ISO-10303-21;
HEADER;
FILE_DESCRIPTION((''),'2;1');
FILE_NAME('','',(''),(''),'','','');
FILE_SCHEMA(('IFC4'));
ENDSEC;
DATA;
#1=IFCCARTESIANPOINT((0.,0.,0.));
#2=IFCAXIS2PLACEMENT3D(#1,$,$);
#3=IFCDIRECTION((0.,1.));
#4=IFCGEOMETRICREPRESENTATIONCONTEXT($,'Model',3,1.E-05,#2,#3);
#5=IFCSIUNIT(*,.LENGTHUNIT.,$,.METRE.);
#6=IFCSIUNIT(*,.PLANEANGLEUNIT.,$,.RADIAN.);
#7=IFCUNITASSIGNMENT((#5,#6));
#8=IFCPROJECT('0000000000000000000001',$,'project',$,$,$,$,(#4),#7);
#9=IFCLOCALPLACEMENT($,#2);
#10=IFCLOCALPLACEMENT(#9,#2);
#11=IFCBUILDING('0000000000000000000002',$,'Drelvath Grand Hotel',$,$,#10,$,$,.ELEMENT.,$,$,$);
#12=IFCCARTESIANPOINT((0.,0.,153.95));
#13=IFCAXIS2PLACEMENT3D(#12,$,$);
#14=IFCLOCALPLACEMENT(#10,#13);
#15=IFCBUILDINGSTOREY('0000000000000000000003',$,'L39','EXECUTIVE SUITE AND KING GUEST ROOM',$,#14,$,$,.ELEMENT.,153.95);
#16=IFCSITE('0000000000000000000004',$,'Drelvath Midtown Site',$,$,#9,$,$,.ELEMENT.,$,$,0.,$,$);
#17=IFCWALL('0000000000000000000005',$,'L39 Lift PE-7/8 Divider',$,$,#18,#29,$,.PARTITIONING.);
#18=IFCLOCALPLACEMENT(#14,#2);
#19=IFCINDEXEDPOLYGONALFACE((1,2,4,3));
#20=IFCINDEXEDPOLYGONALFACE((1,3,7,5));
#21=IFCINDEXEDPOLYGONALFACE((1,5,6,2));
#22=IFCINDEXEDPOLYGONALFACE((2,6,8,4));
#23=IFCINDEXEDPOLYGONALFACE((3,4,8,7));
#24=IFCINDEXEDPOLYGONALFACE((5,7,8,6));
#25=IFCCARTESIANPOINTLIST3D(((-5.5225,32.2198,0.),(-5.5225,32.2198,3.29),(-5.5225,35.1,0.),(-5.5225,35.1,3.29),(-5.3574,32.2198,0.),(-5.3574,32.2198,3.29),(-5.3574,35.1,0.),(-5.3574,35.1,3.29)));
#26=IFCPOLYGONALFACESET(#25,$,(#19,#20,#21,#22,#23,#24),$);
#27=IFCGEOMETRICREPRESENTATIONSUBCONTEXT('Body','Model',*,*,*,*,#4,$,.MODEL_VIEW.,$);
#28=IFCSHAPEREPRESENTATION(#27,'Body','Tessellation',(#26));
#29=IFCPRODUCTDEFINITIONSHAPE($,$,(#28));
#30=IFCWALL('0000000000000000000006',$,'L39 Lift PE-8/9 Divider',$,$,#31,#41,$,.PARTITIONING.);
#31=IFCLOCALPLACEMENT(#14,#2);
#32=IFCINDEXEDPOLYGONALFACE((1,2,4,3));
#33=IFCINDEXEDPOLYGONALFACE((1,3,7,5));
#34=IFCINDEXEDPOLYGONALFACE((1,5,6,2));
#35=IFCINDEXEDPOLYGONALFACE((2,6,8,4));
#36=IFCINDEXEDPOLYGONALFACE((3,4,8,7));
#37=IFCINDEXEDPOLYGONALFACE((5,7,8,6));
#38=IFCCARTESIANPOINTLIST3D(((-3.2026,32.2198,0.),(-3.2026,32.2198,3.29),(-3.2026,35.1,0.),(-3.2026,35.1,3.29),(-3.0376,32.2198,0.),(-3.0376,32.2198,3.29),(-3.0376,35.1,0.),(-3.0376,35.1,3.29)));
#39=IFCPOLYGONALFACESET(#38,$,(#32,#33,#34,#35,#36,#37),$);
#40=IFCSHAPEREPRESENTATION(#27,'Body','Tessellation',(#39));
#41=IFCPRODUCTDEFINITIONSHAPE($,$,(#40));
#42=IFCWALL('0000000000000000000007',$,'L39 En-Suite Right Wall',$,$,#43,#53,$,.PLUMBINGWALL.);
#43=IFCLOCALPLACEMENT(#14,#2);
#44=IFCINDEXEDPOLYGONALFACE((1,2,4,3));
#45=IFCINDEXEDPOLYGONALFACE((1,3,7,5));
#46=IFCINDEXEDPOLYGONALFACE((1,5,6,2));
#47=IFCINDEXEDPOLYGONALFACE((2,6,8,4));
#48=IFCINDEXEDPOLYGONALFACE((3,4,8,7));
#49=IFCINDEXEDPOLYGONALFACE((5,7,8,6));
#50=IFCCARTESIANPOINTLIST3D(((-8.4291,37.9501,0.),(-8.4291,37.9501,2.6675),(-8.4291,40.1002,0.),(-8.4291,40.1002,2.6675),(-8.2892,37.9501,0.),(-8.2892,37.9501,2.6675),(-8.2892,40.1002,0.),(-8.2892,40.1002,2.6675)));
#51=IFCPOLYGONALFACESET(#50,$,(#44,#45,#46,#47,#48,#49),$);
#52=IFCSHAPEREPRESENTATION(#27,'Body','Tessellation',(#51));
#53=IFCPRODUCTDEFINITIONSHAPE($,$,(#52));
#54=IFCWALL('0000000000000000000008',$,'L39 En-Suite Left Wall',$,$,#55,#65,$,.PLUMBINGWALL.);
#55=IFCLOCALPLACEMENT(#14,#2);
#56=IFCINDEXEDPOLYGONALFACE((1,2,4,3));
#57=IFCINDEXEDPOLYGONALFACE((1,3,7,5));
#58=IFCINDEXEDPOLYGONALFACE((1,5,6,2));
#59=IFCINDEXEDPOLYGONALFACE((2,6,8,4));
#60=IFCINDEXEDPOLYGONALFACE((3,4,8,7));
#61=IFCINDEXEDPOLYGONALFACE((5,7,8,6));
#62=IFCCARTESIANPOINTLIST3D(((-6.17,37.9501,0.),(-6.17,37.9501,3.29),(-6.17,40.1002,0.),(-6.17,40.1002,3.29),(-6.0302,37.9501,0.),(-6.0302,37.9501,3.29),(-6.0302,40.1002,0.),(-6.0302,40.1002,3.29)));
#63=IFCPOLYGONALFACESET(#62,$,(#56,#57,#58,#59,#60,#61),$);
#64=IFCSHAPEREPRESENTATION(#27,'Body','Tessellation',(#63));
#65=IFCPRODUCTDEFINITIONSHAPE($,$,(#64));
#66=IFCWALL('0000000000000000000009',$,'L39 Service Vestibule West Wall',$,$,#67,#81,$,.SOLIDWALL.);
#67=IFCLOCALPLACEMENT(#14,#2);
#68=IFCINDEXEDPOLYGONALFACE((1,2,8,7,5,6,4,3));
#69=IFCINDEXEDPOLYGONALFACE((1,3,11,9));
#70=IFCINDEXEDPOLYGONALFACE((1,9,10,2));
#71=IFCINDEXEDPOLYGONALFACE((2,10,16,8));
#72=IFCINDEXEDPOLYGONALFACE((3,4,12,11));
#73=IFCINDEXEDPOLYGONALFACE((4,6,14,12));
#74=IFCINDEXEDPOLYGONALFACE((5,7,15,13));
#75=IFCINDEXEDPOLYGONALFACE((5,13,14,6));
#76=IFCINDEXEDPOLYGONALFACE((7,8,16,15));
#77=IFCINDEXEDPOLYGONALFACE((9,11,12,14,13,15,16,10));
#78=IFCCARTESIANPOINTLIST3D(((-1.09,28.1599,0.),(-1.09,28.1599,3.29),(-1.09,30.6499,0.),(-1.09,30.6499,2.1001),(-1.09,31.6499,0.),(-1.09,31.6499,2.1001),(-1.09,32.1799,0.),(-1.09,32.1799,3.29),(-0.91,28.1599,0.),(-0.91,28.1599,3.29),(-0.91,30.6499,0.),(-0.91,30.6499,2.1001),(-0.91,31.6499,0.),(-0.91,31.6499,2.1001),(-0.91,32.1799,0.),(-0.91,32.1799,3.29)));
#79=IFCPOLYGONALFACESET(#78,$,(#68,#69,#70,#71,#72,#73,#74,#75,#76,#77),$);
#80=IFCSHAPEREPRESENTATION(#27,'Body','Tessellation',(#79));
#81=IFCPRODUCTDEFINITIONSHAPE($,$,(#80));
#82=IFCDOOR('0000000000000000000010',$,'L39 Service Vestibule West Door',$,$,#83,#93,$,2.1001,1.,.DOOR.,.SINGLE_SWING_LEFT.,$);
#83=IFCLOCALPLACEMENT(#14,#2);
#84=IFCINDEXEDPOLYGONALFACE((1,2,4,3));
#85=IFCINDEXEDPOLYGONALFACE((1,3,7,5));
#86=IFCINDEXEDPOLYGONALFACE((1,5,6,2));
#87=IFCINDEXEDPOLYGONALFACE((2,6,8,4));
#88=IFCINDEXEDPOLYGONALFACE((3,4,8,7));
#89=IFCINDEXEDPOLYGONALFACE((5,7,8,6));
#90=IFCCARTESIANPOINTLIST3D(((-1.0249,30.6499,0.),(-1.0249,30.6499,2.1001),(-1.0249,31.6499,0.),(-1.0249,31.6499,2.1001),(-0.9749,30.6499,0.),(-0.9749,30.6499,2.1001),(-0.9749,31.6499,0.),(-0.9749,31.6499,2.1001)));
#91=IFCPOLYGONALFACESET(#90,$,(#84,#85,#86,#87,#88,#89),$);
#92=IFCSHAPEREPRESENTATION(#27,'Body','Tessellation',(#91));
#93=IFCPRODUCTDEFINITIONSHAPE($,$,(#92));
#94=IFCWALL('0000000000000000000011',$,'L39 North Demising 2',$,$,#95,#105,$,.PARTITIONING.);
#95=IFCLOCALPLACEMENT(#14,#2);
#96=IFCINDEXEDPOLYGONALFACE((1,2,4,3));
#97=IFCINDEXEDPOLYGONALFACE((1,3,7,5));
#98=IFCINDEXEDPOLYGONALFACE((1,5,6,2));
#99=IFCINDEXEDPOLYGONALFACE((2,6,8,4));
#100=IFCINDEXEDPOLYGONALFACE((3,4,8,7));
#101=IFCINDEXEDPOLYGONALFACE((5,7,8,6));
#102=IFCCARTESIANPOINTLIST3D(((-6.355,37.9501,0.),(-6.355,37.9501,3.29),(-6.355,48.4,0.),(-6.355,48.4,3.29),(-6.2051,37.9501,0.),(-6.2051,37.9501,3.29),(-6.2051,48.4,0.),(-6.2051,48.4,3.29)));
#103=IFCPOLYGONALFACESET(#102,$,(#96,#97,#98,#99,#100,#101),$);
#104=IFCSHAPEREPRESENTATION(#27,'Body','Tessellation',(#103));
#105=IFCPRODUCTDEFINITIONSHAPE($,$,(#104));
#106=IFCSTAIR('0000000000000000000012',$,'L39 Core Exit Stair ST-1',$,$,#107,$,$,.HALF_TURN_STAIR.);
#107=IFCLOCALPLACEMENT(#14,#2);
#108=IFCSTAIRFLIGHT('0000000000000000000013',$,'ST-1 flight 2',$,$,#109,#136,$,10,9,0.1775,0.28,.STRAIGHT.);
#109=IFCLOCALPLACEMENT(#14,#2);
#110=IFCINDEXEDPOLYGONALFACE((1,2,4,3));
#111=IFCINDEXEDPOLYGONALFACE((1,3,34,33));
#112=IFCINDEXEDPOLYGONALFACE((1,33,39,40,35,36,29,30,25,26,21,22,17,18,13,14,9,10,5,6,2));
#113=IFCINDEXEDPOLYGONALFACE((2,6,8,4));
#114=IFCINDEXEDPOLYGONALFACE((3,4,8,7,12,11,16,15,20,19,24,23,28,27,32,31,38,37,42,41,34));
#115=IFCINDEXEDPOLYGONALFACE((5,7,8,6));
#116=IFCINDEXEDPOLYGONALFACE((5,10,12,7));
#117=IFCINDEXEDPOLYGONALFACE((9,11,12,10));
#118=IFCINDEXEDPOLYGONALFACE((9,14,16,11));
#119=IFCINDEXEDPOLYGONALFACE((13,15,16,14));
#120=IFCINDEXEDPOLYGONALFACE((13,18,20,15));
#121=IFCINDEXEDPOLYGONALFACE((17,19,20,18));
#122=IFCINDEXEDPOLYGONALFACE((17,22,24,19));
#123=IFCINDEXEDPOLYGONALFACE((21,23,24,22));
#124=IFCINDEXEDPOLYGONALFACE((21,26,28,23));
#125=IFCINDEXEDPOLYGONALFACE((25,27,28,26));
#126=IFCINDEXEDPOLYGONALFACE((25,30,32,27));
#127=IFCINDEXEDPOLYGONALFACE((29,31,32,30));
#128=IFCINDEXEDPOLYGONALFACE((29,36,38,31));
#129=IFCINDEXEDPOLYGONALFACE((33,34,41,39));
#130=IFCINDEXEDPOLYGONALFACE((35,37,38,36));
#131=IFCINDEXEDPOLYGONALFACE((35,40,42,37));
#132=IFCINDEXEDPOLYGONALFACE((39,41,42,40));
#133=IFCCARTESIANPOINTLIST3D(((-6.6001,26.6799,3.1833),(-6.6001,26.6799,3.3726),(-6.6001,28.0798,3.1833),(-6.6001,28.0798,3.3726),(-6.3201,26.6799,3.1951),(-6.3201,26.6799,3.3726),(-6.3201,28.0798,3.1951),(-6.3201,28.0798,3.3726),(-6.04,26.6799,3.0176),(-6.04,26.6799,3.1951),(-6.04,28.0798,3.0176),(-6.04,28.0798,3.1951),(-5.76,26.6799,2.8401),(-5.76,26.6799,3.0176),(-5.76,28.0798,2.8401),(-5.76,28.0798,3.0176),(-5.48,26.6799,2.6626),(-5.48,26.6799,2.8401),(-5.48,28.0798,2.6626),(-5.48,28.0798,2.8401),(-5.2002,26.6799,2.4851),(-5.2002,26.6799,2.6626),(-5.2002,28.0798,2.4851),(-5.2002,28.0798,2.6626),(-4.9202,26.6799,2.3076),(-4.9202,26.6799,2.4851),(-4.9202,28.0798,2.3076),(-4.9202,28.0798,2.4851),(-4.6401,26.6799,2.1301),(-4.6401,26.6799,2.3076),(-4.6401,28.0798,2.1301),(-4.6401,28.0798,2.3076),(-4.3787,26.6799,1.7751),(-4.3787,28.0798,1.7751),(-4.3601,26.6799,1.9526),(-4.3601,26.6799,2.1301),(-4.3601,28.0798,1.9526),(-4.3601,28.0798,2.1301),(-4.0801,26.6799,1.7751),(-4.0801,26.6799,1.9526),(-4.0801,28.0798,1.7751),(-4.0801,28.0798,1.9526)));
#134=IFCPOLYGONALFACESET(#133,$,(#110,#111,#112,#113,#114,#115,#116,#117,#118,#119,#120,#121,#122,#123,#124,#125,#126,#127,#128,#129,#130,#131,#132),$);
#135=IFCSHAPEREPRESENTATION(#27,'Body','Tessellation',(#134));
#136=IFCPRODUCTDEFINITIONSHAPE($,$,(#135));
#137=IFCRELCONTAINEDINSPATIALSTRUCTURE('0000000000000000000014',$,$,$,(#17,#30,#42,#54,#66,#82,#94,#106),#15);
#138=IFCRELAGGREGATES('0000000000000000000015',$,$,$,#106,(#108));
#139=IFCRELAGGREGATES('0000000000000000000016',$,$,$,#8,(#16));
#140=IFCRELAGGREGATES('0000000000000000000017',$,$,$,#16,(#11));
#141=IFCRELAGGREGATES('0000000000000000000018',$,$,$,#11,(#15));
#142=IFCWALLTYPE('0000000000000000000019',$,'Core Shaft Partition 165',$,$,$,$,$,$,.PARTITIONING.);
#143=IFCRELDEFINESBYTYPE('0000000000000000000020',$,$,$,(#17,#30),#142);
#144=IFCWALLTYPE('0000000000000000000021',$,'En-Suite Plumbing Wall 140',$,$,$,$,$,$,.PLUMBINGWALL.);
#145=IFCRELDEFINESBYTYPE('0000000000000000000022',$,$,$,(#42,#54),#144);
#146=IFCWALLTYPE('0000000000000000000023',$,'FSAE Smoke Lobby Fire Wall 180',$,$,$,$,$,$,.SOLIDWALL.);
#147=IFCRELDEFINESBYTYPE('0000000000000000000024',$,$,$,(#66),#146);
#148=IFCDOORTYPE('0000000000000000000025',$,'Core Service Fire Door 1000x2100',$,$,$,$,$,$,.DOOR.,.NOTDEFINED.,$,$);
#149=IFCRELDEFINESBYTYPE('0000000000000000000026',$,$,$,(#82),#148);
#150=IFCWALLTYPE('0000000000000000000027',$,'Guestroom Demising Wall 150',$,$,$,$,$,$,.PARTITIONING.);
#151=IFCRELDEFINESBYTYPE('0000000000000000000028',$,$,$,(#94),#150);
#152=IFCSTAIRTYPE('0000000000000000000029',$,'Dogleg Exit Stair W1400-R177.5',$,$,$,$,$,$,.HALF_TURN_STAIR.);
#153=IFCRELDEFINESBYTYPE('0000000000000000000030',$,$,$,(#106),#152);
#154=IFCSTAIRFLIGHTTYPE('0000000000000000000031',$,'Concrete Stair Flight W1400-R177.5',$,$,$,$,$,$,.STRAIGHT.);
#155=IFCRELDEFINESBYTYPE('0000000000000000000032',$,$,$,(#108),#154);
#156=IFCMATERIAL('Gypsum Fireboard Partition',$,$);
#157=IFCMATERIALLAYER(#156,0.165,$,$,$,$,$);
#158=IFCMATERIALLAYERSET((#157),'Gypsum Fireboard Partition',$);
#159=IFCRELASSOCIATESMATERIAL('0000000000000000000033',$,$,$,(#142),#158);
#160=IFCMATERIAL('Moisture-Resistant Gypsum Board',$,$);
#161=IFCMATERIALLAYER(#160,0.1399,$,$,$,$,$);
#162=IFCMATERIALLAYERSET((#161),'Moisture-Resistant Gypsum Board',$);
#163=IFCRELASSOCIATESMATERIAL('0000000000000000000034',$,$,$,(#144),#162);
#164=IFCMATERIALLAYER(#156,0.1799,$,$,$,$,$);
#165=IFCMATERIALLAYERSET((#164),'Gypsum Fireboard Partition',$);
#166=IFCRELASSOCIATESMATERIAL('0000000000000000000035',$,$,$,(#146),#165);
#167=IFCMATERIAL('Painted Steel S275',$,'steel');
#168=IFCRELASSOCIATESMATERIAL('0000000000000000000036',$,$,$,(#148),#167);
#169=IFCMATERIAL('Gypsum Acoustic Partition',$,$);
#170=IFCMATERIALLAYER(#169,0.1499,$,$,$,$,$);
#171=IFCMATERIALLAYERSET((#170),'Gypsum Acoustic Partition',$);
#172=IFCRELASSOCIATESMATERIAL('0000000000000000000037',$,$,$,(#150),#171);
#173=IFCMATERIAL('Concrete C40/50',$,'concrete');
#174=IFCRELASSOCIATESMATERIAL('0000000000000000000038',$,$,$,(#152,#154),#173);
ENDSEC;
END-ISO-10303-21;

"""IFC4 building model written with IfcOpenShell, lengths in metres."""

from ifc_helpers import new_model, si_unit, direction, frame, frame_2d, origin, place, context, subcontext, project, spatial, polyline, rectangle, outline, extrude, material, layer, layer_set, type_object, element, fill, aggregate, save


model = new_model("IFC4")

# Units and contexts
model_context = context("Model", 3, precision=1e-05, world=origin(), true_north=direction((0.0, 1.0)))
body_context = subcontext(model_context, "Body", "Model", "MODEL_VIEW")
ifc_project = project(units=[si_unit("LENGTHUNIT", "METRE"), si_unit("PLANEANGLEUNIT", "RADIAN")], contexts=[model_context])

# Site, building, storey
site_placement = place(None, origin())
site = spatial("IfcSite", under=ifc_project, at=site_placement, Name="Drelvath Midtown Site", CompositionType="ELEMENT", RefElevation=0.0)
building_placement = place(site_placement, origin())
building = spatial("IfcBuilding", under=site, at=building_placement, Name="Drelvath Grand Hotel", CompositionType="ELEMENT")
storey_placement = place(building_placement, frame((0.0, 0.0, 153.95)))
storey = spatial("IfcBuildingStorey", under=building, at=storey_placement, Name="L39", Description="EXECUTIVE SUITE AND KING GUEST ROOM", CompositionType="ELEMENT", Elevation=153.95)

# Shared definitions
ifc_material_1 = material(Name="Painted Steel S275", Category="steel")

# Shared definitions
ifc_material_2 = material(Name="Concrete C40/50", Category="concrete")

# Walls
ifc_material_3 = material(Name="Gypsum Fireboard Partition")
ifc_layer_1 = layer(ifc_material_3, 0.165)
ifc_layer_set_1 = layer_set([ifc_layer_1], Name="Gypsum Fireboard Partition")
wall_type_1 = type_object("IfcWallType", Name="Core Shaft Partition 165", PredefinedType="PARTITIONING", material=ifc_layer_set_1)
for number, where, z_axis, x_axis, name in (
    (1, (-5.4399, 32.22, 0.0), (0.0, 0.0, 1.0), (0.0, 1.0, 0.0), "L39 Lift PE-7/8 Divider"),
    (2, (-3.1201, 32.22, 0.0), (0.0, 0.0, 1.0), (0.0, 1.0, 0.0), "L39 Lift PE-8/9 Divider"),
):
    element("IfcWall", number, at=place(storey_placement, frame(where, z_axis=z_axis, x_axis=x_axis)), inside=storey, type_object=wall_type_1, Name=name, PredefinedType="PARTITIONING", context=body_context, shape_type="SweptSolid", body=[
        extrude(rectangle(XDim=2.8801, YDim=0.165, at=frame_2d((1.4399, 0.0))), origin(), (0.0, 0.0, 1.0), 3.29),
    ])
ifc_material_4 = material(Name="Moisture-Resistant Gypsum Board")
ifc_layer_2 = layer(ifc_material_4, 0.1399)
ifc_layer_set_2 = layer_set([ifc_layer_2], Name="Moisture-Resistant Gypsum Board")
wall_type_2 = type_object("IfcWallType", Name="En-Suite Plumbing Wall 140", PredefinedType="PLUMBINGWALL", material=ifc_layer_set_2)
wall_1_placement = place(storey_placement, frame((-8.3591, 37.95, 0.0), z_axis=(0.0, 0.0, 1.0), x_axis=(0.0, 1.0, 0.0)))
element("IfcWall", 3, at=wall_1_placement, inside=storey, type_object=wall_type_2, Name="L39 En-Suite Right Wall", PredefinedType="PLUMBINGWALL", context=body_context, shape_type="SweptSolid", body=[
    extrude(rectangle(XDim=2.1501, YDim=0.1399, at=frame_2d((1.0752, 0.0))), origin(), (0.0, 0.0, 1.0), 2.6675),
])
wall_2_placement = place(storey_placement, frame((-6.1001, 37.95, 0.0), z_axis=(0.0, 0.0, 1.0), x_axis=(0.0, 1.0, 0.0)))
element("IfcWall", 4, at=wall_2_placement, inside=storey, type_object=wall_type_2, Name="L39 En-Suite Left Wall", PredefinedType="PLUMBINGWALL", context=body_context, shape_type="SweptSolid", body=[
    extrude(rectangle(XDim=2.1501, YDim=0.1399, at=frame_2d((1.0752, 0.0))), origin(), (0.0, 0.0, 1.0), 3.29),
])

# Wall, opening, door
ifc_layer_3 = layer(ifc_material_3, 0.1799)
ifc_layer_set_3 = layer_set([ifc_layer_3], Name="Gypsum Fireboard Partition")
wall_type_3 = type_object("IfcWallType", Name="FSAE Smoke Lobby Fire Wall 180", PredefinedType="SOLIDWALL", material=ifc_layer_set_3)
wall_3_placement = place(storey_placement, frame((-1.0, 28.1599, 0.0), z_axis=(0.0, 0.0, 1.0), x_axis=(0.0, 1.0, 0.0)))
wall_3 = element("IfcWall", 5, at=wall_3_placement, inside=storey, type_object=wall_type_3, Name="L39 Service Vestibule West Wall", PredefinedType="SOLIDWALL", context=body_context, shape_type="SweptSolid", body=[
    extrude(rectangle(XDim=4.02, YDim=0.1799, at=frame_2d((2.01, 0.0))), origin(), (0.0, 0.0, 1.0), 3.29),
])
opening_1_placement = place(wall_3_placement, frame((2.49, 0.0, 0.0)))
opening_1 = element("IfcOpeningElement", 6, at=opening_1_placement, cuts=wall_3, PredefinedType="OPENING", context=body_context, shape_type="SweptSolid", body=[
    extrude(rectangle(XDim=1.0, YDim=2.1001, at=frame_2d((0.5, 1.05))), frame((0.0, 0.0999, 0.0), z_axis=(0.0, -1.0, 0.0), x_axis=(1.0, 0.0, 0.0)), (0.0, 0.0, 1.0), 0.2),
])
door_type_1 = type_object("IfcDoorType", Name="Core Service Fire Door 1000x2100", OperationType="NOTDEFINED", PredefinedType="DOOR", material=ifc_material_1)
door_1_placement = place(opening_1_placement, origin())
door_1 = element("IfcDoor", 7, at=door_1_placement, inside=storey, type_object=door_type_1, Name="L39 Service Vestibule West Door", OperationType="SINGLE_SWING_LEFT", OverallHeight=2.1001, OverallWidth=1.0, PredefinedType="DOOR", context=body_context, shape_type="SweptSolid", body=[
    extrude(rectangle(XDim=1.0, YDim=2.1001, at=frame_2d((0.5, 1.05))), frame((0.0, 0.0249, 0.0), z_axis=(0.0, -1.0, 0.0), x_axis=(1.0, 0.0, 0.0)), (0.0, 0.0, 1.0), 0.05),
])
fill(opening_1, door_1)

# Wall
ifc_material_5 = material(Name="Gypsum Acoustic Partition")
ifc_layer_4 = layer(ifc_material_5, 0.1499)
ifc_layer_set_4 = layer_set([ifc_layer_4], Name="Gypsum Acoustic Partition")
wall_type_4 = type_object("IfcWallType", Name="Guestroom Demising Wall 150", PredefinedType="PARTITIONING", material=ifc_layer_set_4)
wall_4_placement = place(storey_placement, frame((-6.28, 37.95, 0.0), z_axis=(0.0, 0.0, 1.0), x_axis=(0.0, 1.0, 0.0)))
element("IfcWall", 8, at=wall_4_placement, inside=storey, type_object=wall_type_4, Name="L39 North Demising 2", PredefinedType="PARTITIONING", context=body_context, shape_type="SweptSolid", body=[
    extrude(rectangle(XDim=10.45, YDim=0.1499, at=frame_2d((5.2251, 0.0))), origin(), (0.0, 0.0, 1.0), 3.29),
])

# Stair, stair flight
stair_type = type_object("IfcStairType", Name="Dogleg Exit Stair W1400-R177.5", PredefinedType="HALF_TURN_STAIR", material=ifc_material_2)
stair_placement = place(storey_placement, origin())
stair = element("IfcStair", 9, at=stair_placement, inside=storey, type_object=stair_type, Name="L39 Core Exit Stair ST-1", PredefinedType="HALF_TURN_STAIR")
stair_flight_type = type_object("IfcStairFlightType", Name="Concrete Stair Flight W1400-R177.5", PredefinedType="STRAIGHT", material=ifc_material_2)
stair_flight_placement = place(storey_placement, frame((-4.0801, 27.3799, 1.7751), z_axis=(0.0, 0.0, 1.0), x_axis=(-1.0, 0.0, 0.0)))
stair_flight = element("IfcStairFlight", 10, at=stair_flight_placement, type_object=stair_flight_type, Name="ST-1 flight 2", NumberOfRisers=10, NumberOfTreads=9, PredefinedType="STRAIGHT", RiserHeight=0.1775, TreadLength=0.28, context=body_context, shape_type="SweptSolid", body=[
    extrude(outline(polyline([(0.0, 0.0), (0.0, 0.1775), (0.28, 0.1775), (0.28, 0.355), (0.5601, 0.355), (0.5601, 0.5325), (0.8401, 0.5325), (0.8401, 0.71), (1.1201, 0.71), (1.1201, 0.8875), (1.3999, 0.8875), (1.3999, 1.0649), (1.6799, 1.0649), (1.6799, 1.2424), (1.96, 1.2424), (1.96, 1.4199), (2.24, 1.4199), (2.24, 1.5974), (2.52, 1.5974), (2.52, 1.7749), (2.52, 1.4082), (0.2986, 0.0), (0.0, 0.0)])), frame((0.0, 0.7, 0.0), z_axis=(0.0, -1.0, 0.0), x_axis=(1.0, 0.0, 0.0)), (0.0, 0.0, 1.0), 1.3999),
])
aggregate(stair, [stair_flight])

save(model, "model.ifc")
